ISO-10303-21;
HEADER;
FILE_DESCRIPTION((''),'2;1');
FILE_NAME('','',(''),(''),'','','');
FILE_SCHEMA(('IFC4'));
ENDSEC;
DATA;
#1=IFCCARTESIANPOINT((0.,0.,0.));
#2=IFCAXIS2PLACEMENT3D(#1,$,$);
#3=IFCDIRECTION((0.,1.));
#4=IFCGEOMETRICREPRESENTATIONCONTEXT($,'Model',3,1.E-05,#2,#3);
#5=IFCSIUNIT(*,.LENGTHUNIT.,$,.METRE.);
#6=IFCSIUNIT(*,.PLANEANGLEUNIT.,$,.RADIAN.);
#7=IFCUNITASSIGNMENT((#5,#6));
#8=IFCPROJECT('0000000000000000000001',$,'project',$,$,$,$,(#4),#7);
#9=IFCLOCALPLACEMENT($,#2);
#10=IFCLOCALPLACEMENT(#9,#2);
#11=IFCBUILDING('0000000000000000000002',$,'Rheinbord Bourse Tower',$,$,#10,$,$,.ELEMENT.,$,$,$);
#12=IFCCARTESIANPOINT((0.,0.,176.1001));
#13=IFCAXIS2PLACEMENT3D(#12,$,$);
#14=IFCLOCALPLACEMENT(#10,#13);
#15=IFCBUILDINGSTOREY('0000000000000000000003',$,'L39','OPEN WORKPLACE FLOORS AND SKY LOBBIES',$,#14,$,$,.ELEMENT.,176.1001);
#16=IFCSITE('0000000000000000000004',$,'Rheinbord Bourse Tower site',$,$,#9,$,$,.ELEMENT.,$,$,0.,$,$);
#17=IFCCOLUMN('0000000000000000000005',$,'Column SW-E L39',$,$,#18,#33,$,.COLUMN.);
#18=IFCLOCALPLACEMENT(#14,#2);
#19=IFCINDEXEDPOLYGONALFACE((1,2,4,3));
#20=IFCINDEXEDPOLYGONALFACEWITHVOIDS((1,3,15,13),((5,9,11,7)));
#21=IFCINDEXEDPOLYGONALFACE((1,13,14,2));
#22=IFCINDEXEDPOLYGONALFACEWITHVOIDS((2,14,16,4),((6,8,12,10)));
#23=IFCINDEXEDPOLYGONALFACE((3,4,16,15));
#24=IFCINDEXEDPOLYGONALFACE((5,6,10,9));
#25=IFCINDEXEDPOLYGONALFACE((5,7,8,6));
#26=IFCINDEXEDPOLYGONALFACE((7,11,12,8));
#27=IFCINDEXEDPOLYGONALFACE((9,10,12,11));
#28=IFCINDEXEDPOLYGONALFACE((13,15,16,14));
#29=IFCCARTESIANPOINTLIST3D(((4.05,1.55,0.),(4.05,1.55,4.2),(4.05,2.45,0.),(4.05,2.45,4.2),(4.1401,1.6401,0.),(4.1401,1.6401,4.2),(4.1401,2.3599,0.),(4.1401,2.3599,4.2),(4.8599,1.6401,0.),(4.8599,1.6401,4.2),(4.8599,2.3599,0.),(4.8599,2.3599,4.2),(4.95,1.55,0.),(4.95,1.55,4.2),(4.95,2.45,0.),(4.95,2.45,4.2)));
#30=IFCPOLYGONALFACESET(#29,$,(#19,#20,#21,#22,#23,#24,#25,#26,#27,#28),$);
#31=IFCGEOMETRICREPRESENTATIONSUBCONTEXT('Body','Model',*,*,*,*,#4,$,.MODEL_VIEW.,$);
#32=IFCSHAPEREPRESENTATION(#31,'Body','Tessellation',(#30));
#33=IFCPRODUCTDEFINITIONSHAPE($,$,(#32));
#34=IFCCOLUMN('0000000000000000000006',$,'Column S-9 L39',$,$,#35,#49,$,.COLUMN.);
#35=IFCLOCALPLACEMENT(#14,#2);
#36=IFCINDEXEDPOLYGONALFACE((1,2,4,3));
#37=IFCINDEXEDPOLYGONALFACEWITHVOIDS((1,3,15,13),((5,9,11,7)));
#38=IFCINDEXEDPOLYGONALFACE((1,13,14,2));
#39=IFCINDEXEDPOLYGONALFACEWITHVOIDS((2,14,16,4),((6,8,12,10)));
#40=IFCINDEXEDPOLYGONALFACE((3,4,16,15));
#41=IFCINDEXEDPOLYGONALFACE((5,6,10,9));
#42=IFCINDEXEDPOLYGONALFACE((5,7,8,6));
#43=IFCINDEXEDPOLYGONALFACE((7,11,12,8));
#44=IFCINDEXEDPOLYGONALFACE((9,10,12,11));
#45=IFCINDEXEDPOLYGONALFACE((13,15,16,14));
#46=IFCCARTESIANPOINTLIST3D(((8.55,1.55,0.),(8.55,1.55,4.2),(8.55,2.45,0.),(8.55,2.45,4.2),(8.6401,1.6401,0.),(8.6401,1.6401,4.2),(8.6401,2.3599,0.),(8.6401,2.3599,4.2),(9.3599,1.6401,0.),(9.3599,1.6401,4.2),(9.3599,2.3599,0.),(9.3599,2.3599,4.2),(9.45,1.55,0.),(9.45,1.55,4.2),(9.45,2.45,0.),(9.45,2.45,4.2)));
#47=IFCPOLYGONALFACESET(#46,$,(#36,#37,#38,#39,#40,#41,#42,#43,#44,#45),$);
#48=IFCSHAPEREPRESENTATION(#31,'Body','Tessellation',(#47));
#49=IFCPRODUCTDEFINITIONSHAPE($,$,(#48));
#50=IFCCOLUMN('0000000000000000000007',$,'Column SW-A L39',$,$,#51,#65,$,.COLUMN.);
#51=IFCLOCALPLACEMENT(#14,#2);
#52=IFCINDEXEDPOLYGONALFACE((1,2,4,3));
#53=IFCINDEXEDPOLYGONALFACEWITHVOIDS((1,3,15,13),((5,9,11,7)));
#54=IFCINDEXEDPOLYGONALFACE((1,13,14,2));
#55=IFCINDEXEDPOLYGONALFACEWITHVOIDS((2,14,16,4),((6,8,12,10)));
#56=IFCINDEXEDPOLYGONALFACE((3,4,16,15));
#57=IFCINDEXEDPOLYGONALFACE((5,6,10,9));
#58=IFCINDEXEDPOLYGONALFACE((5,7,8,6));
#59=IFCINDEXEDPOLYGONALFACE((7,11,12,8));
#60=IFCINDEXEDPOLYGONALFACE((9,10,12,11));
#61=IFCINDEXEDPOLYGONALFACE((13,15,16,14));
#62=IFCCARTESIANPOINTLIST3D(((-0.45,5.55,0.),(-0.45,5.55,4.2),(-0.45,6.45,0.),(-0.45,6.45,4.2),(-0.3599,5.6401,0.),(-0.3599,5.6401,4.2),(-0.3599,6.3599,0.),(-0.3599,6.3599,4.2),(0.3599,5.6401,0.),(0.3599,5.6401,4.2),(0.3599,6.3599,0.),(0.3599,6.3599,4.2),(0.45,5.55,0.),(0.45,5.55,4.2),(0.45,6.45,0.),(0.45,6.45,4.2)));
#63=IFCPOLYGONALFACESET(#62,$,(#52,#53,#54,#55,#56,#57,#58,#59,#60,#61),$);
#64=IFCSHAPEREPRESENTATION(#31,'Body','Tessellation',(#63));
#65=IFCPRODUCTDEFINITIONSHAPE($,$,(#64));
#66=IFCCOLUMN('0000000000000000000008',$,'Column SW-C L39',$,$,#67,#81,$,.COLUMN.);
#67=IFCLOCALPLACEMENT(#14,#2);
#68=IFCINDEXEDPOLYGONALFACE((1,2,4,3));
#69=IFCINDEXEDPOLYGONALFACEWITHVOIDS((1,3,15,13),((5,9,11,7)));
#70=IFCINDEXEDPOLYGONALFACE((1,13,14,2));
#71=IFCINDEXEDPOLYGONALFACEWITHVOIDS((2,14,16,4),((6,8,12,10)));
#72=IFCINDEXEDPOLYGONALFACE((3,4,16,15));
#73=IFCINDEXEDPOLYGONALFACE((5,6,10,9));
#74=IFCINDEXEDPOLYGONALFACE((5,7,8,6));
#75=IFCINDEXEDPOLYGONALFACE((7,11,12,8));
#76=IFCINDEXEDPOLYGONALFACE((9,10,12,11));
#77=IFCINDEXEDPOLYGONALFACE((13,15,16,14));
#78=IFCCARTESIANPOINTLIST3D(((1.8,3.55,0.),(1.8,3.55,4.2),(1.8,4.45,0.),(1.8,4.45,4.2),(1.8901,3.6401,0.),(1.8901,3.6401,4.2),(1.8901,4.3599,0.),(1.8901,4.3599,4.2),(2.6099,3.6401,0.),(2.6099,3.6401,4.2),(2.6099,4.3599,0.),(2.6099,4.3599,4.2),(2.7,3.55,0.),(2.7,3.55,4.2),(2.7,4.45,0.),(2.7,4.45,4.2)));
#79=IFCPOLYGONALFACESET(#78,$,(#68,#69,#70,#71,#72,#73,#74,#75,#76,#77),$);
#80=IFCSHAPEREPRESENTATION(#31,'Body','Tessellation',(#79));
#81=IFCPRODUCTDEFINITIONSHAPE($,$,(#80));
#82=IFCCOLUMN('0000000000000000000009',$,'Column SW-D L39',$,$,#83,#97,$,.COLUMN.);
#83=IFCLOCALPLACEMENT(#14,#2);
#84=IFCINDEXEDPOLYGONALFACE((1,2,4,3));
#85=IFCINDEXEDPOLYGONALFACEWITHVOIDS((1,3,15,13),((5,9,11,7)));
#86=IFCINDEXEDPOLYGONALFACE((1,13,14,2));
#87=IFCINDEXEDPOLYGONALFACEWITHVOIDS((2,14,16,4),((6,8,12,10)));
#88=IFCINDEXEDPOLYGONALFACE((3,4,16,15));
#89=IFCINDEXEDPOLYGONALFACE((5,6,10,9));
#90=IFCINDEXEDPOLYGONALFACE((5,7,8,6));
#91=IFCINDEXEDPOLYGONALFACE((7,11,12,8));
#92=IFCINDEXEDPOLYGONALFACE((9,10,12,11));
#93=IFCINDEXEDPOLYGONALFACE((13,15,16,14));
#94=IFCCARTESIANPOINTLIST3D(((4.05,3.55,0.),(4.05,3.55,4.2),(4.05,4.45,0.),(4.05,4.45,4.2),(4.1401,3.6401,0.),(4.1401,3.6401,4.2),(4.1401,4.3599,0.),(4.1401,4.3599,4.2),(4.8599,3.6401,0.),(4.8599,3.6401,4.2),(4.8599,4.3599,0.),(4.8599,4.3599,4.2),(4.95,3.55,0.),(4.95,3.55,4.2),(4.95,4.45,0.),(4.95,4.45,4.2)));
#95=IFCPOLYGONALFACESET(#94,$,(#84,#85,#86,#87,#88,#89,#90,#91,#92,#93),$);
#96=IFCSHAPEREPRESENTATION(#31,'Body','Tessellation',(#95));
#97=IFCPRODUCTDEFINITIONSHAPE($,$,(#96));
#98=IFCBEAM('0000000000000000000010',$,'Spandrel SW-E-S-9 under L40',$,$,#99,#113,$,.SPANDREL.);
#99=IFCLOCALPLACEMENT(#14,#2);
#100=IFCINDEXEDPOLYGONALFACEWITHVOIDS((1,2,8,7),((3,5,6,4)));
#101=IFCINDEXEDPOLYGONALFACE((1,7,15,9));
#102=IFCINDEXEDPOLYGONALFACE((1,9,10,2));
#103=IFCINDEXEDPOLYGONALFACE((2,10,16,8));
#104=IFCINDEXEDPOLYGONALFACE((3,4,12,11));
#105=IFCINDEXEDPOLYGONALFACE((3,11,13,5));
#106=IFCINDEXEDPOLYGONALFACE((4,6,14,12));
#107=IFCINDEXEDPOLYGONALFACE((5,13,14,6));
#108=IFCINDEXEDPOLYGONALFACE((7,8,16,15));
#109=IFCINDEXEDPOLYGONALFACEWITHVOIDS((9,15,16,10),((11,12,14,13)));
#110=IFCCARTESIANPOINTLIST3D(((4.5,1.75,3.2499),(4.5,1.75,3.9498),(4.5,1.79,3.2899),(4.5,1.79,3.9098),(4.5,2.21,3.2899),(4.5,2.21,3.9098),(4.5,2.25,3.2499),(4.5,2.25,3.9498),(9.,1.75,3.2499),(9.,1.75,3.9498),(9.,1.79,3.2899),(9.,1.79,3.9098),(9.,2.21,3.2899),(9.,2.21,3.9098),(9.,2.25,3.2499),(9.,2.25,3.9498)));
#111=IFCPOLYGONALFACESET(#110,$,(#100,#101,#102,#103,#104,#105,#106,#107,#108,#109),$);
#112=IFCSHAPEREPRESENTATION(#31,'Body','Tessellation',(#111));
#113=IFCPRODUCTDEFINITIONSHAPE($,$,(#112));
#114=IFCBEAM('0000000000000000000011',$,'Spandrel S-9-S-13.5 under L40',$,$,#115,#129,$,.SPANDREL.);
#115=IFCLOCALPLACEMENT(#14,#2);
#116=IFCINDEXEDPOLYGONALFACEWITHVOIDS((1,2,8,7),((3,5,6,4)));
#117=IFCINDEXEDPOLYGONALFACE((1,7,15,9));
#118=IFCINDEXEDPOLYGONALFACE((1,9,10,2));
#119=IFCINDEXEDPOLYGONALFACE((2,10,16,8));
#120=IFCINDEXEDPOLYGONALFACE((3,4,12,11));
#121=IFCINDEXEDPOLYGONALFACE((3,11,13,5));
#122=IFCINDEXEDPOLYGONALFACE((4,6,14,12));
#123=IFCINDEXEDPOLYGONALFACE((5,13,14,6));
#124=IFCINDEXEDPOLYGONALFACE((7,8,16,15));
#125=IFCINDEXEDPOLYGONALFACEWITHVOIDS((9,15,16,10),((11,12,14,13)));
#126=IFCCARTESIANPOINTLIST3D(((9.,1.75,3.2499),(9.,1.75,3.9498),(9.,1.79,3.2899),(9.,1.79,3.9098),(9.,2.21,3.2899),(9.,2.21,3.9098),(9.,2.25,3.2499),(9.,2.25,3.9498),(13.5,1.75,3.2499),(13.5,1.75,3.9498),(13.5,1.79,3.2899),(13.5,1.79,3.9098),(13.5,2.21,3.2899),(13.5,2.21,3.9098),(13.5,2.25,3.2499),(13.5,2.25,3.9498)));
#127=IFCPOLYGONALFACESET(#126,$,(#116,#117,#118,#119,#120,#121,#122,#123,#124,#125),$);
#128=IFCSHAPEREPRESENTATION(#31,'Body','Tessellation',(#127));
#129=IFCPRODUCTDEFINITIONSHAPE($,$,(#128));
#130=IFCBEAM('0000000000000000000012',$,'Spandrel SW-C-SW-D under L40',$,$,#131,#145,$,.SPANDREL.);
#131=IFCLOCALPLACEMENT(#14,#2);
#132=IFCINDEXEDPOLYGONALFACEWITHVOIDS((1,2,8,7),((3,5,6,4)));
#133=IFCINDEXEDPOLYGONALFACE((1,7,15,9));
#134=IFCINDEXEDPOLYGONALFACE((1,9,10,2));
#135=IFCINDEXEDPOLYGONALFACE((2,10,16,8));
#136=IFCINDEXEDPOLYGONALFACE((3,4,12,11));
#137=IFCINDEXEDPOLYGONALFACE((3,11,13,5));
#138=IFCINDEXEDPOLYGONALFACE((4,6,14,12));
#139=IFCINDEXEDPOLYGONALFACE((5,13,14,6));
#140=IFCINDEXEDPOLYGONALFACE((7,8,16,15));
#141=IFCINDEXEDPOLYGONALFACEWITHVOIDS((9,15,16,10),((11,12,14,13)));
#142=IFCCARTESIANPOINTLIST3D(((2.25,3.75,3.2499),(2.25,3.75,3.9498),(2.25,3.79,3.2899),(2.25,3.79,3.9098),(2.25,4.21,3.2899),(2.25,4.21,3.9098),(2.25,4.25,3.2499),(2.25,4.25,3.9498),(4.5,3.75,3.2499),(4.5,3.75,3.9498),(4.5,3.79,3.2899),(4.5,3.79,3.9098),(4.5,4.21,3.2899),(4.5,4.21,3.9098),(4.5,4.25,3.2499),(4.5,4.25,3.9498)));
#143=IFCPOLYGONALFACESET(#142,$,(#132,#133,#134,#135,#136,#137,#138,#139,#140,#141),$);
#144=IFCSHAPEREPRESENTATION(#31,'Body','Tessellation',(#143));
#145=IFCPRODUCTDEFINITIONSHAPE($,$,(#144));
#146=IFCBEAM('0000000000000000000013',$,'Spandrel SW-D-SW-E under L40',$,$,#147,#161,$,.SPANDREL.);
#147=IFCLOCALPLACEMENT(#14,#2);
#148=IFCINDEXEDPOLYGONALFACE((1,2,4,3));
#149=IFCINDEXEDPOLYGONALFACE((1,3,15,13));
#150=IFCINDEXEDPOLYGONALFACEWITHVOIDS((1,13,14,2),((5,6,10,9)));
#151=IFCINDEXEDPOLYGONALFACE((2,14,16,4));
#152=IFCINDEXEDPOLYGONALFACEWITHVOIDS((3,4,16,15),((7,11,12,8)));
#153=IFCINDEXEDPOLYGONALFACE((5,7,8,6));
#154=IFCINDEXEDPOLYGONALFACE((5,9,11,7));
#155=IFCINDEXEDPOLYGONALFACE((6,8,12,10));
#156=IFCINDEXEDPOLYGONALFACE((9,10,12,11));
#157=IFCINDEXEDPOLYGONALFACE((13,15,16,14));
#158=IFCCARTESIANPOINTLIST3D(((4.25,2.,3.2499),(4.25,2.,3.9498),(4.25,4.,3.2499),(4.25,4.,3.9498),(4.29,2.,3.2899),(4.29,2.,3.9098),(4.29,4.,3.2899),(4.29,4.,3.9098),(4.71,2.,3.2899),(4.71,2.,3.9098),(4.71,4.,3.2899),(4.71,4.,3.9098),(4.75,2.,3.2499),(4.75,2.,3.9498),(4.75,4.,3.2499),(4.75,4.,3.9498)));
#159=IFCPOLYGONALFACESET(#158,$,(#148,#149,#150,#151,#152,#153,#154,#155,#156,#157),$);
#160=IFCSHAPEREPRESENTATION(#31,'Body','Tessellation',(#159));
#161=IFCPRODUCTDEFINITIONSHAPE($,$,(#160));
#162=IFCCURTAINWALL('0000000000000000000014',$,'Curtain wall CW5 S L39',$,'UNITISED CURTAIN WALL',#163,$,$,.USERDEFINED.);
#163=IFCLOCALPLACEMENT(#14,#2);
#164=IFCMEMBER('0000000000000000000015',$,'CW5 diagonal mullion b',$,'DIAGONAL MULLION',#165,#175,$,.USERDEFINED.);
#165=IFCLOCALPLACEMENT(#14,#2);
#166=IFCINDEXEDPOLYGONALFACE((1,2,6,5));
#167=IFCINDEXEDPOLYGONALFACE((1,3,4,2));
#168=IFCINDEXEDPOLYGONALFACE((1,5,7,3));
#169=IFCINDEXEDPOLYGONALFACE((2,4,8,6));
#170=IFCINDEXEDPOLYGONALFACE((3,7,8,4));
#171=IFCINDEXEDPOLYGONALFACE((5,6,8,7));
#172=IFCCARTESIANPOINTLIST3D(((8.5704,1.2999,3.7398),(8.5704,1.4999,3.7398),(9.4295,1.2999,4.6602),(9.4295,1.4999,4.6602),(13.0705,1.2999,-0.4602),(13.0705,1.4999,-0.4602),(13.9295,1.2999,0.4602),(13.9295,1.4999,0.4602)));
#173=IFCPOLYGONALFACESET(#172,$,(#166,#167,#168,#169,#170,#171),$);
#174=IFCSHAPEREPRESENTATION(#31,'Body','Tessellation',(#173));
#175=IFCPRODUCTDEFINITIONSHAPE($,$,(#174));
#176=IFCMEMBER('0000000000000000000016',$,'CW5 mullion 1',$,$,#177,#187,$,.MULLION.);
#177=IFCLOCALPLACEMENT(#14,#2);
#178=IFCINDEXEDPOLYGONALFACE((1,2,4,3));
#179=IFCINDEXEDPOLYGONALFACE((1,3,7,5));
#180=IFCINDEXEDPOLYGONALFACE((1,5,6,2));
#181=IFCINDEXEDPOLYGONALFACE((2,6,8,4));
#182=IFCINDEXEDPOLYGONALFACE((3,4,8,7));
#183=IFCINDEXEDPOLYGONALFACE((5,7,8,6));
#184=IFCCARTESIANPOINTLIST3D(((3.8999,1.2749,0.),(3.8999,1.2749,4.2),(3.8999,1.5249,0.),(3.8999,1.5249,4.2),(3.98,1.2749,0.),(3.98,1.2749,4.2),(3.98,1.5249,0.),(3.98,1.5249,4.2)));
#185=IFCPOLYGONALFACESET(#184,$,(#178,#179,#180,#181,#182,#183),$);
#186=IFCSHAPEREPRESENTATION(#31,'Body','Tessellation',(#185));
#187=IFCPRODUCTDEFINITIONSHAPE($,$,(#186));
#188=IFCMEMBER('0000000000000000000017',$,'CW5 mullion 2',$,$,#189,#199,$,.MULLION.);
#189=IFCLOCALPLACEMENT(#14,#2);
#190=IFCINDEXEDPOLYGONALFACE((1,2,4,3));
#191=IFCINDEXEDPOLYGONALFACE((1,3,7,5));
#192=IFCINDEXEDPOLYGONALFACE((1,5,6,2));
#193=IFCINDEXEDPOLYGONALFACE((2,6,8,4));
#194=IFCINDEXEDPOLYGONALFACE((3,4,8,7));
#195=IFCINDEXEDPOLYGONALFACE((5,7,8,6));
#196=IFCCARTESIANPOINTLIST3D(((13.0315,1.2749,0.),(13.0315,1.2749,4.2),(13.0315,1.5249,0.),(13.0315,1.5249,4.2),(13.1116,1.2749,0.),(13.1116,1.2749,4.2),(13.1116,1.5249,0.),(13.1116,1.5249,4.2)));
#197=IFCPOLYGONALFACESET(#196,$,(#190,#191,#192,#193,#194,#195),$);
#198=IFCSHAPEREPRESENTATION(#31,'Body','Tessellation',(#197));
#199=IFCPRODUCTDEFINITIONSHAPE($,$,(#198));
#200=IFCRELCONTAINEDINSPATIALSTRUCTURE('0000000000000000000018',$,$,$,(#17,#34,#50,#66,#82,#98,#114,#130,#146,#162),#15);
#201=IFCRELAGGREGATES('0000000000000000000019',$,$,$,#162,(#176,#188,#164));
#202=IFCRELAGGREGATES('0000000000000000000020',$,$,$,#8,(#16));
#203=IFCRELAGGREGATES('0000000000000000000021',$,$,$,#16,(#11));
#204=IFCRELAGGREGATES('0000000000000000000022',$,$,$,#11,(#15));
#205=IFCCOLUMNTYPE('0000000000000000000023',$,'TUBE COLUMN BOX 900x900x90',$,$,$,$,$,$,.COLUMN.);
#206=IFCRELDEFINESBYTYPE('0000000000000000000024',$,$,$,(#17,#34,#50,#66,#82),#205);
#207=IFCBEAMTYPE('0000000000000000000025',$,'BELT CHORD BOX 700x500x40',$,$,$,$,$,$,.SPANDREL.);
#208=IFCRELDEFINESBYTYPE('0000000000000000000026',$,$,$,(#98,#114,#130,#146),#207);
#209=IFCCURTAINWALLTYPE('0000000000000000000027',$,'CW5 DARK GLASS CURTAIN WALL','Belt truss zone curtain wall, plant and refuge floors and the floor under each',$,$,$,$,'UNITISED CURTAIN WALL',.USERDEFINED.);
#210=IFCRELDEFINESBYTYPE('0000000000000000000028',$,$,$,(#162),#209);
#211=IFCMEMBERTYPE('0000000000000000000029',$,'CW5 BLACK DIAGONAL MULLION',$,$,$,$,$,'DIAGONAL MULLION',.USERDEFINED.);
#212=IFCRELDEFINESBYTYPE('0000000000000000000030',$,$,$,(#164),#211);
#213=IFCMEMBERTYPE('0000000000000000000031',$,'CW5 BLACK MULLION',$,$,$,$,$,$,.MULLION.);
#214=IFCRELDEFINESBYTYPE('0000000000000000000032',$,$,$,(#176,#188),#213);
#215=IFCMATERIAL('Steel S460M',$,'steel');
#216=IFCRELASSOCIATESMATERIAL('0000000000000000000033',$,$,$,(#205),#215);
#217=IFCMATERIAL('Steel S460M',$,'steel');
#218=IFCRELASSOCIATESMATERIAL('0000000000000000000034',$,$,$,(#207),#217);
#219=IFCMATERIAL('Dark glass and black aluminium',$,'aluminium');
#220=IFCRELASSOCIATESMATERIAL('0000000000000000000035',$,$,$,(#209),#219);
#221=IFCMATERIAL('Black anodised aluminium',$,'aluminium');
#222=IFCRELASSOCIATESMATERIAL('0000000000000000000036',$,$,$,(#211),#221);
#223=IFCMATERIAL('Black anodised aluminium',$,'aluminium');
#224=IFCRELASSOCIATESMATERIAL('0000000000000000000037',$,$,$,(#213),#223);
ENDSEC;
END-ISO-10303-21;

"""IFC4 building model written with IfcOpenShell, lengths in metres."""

from ifc_helpers import new_model, si_unit, direction, frame, origin, origin_2d, place, context, subcontext, project, spatial, rectangle, hollow_rectangle, extrude, material, material_profile, profile_set, type_object, element, aggregate, save


model = new_model("IFC4")

# Units and contexts
model_context = context("Model", 3, precision=1e-05, world=origin(), true_north=direction((0.0, 1.0)))
body_context = subcontext(model_context, "Body", "Model", "MODEL_VIEW")
ifc_project = project(units=[si_unit("LENGTHUNIT", "METRE"), si_unit("PLANEANGLEUNIT", "RADIAN")], contexts=[model_context])

# Site, building, storey
site_placement = place(None, origin())
site = spatial("IfcSite", under=ifc_project, at=site_placement, Name="Rheinbord Bourse Tower site", CompositionType="ELEMENT", RefElevation=0.0)
building_placement = place(site_placement, origin())
building = spatial("IfcBuilding", under=site, at=building_placement, Name="Rheinbord Bourse Tower", CompositionType="ELEMENT")
storey_placement = place(building_placement, frame((0.0, 0.0, 176.1001)))
storey = spatial("IfcBuildingStorey", under=building, at=storey_placement, Name="L39", Description="OPEN WORKPLACE FLOORS AND SKY LOBBIES", CompositionType="ELEMENT", Elevation=176.1001)

# Columns
ifc_material_1 = material(Name="Steel S460M", Category="steel")
ifc_material_profile_1 = material_profile(ifc_material_1, hollow_rectangle(XDim=0.8999, YDim=0.8999, WallThickness=0.0901, at=origin_2d()), Name="BOX 900x900x90")
ifc_profile_set_1 = profile_set([ifc_material_profile_1], Name="Steel S460M")
column_type = type_object("IfcColumnType", Name="TUBE COLUMN BOX 900x900x90", PredefinedType="COLUMN", material=ifc_profile_set_1)
for number, where, z_axis, x_axis, name in (
    (1, (4.5, 2.0, 0.0), (0.0, 0.0, 1.0), (0.0, 1.0, 0.0), "Column SW-E L39"),
    (2, (9.0, 2.0, 0.0), (0.0, 0.0, 1.0), (0.0, 1.0, 0.0), "Column S-9 L39"),
    (3, (0.0, 6.0, 0.0), (0.0, 0.0, 1.0), (1.0, 0.0, 0.0), "Column SW-A L39"),
    (4, (2.25, 4.0, 0.0), (0.0, 0.0, 1.0), (1.0, 0.0, 0.0), "Column SW-C L39"),
    (5, (4.5, 4.0, 0.0), (0.0, 0.0, 1.0), (0.0, 1.0, 0.0), "Column SW-D L39"),
):
    element("IfcColumn", number, at=place(storey_placement, frame(where, z_axis=z_axis, x_axis=x_axis)), inside=storey, type_object=column_type, Name=name, PredefinedType="COLUMN", context=body_context, shape_type="SweptSolid", body=[
        extrude(hollow_rectangle(XDim=0.8999, YDim=0.8999, WallThickness=0.0901, at=origin_2d()), origin(), (0.0, 0.0, 1.0), 4.2),
    ])

# Beams
ifc_material_2 = material(Name="Steel S460M", Category="steel")
ifc_material_profile_2 = material_profile(ifc_material_2, hollow_rectangle(XDim=0.5, YDim=0.7, WallThickness=0.04, at=origin_2d()), Name="BOX 700x500x40")
ifc_profile_set_2 = profile_set([ifc_material_profile_2], Name="Steel S460M")
beam_type_1 = type_object("IfcBeamType", Name="BELT CHORD BOX 700x500x40", PredefinedType="SPANDREL", material=ifc_profile_set_2)
for number, where, z_axis, x_axis, name in (
    (6, (4.5, 2.0, 3.5999), (1.0, 0.0, 0.0), (0.0, 1.0, 0.0), "Spandrel SW-E-S-9 under L40"),
    (7, (9.0, 2.0, 3.5999), (1.0, 0.0, 0.0), (0.0, 1.0, 0.0), "Spandrel S-9-S-13.5 under L40"),
):
    element("IfcBeam", number, at=place(storey_placement, frame(where, z_axis=z_axis, x_axis=x_axis)), inside=storey, type_object=beam_type_1, Name=name, PredefinedType="SPANDREL", context=body_context, shape_type="SweptSolid", body=[
        extrude(hollow_rectangle(XDim=0.5, YDim=0.7, WallThickness=0.04, at=origin_2d()), origin(), (0.0, 0.0, 1.0), 4.5),
    ])
beam_1_placement = place(storey_placement, frame((2.25, 4.0, 3.5999), z_axis=(1.0, 0.0, 0.0), x_axis=(0.0, 1.0, 0.0)))
element("IfcBeam", 8, at=beam_1_placement, inside=storey, type_object=beam_type_1, Name="Spandrel SW-C-SW-D under L40", PredefinedType="SPANDREL", context=body_context, shape_type="SweptSolid", body=[
    extrude(hollow_rectangle(XDim=0.5, YDim=0.7, WallThickness=0.04, at=origin_2d()), origin(), (0.0, 0.0, 1.0), 2.25),
])
beam_2_placement = place(storey_placement, frame((4.5, 4.0, 3.5999), z_axis=(0.0, -1.0, 0.0), x_axis=(1.0, 0.0, 0.0)))
element("IfcBeam", 9, at=beam_2_placement, inside=storey, type_object=beam_type_1, Name="Spandrel SW-D-SW-E under L40", PredefinedType="SPANDREL", context=body_context, shape_type="SweptSolid", body=[
    extrude(hollow_rectangle(XDim=0.5, YDim=0.7, WallThickness=0.04, at=origin_2d()), origin(), (0.0, 0.0, 1.0), 2.0),
])

# Curtain wall, members
ifc_material_3 = material(Name="Dark glass and black aluminium", Category="aluminium")
curtain_wall_type = type_object("IfcCurtainWallType", Name="CW5 DARK GLASS CURTAIN WALL", Description="Belt truss zone curtain wall, plant and refuge floors and the floor under each", ElementType="UNITISED CURTAIN WALL", PredefinedType="USERDEFINED", material=ifc_material_3)
curtain_wall_1_placement = place(storey_placement, origin())
curtain_wall_1 = element("IfcCurtainWall", 10, at=curtain_wall_1_placement, inside=storey, type_object=curtain_wall_type, Name="Curtain wall CW5 S L39", ObjectType="UNITISED CURTAIN WALL", PredefinedType="USERDEFINED")
ifc_material_4 = material(Name="Black anodised aluminium", Category="aluminium")
ifc_material_profile_3 = material_profile(ifc_material_4, rectangle(XDim=0.2, YDim=1.259, at=origin_2d()), Name="CW5 DIAGONAL MULLION 1259x200")
ifc_profile_set_3 = profile_set([ifc_material_profile_3], Name="Black anodised aluminium")
member_type_1 = type_object("IfcMemberType", Name="CW5 BLACK DIAGONAL MULLION", ElementType="DIAGONAL MULLION", PredefinedType="USERDEFINED", material=ifc_profile_set_3)
member_1_placement = place(storey_placement, frame((13.5, 1.3999, 0.0), z_axis=(-0.731059, 0.0, 0.682314), x_axis=(0.0, -1.0, 0.0)))
member_1 = element("IfcMember", 11, at=member_1_placement, type_object=member_type_1, Name="CW5 diagonal mullion b", ObjectType="DIAGONAL MULLION", PredefinedType="USERDEFINED", context=body_context, shape_type="SweptSolid", body=[
    extrude(rectangle(XDim=0.2, YDim=1.259, at=origin_2d()), origin(), (0.0, 0.0, 1.0), 6.1555),
])
ifc_material_5 = material(Name="Black anodised aluminium", Category="aluminium")
ifc_material_profile_4 = material_profile(ifc_material_5, rectangle(XDim=0.25, YDim=0.0801, at=origin_2d()), Name="CW5 MULLION 80x250")
ifc_profile_set_4 = profile_set([ifc_material_profile_4], Name="Black anodised aluminium")
member_type_2 = type_object("IfcMemberType", Name="CW5 BLACK MULLION", PredefinedType="MULLION", material=ifc_profile_set_4)
member_2_placement = place(storey_placement, frame((3.9399, 1.3999, 0.0), z_axis=(0.0, 0.0, 1.0), x_axis=(0.0, 1.0, 0.0)))
member_2 = element("IfcMember", 12, at=member_2_placement, type_object=member_type_2, Name="CW5 mullion 1", PredefinedType="MULLION", context=body_context, shape_type="SweptSolid", body=[
    extrude(rectangle(XDim=0.25, YDim=0.0801, at=origin_2d()), origin(), (0.0, 0.0, 1.0), 4.2),
])
member_3_placement = place(storey_placement, frame((13.0715, 1.3999, 0.0), z_axis=(0.0, 0.0, 1.0), x_axis=(0.0, 1.0, 0.0)))
member_3 = element("IfcMember", 13, at=member_3_placement, type_object=member_type_2, Name="CW5 mullion 2", PredefinedType="MULLION", context=body_context, shape_type="SweptSolid", body=[
    extrude(rectangle(XDim=0.25, YDim=0.0801, at=origin_2d()), origin(), (0.0, 0.0, 1.0), 4.2),
])

aggregate(curtain_wall_1, [member_2, member_3, member_1])

save(model, "model.ifc")
